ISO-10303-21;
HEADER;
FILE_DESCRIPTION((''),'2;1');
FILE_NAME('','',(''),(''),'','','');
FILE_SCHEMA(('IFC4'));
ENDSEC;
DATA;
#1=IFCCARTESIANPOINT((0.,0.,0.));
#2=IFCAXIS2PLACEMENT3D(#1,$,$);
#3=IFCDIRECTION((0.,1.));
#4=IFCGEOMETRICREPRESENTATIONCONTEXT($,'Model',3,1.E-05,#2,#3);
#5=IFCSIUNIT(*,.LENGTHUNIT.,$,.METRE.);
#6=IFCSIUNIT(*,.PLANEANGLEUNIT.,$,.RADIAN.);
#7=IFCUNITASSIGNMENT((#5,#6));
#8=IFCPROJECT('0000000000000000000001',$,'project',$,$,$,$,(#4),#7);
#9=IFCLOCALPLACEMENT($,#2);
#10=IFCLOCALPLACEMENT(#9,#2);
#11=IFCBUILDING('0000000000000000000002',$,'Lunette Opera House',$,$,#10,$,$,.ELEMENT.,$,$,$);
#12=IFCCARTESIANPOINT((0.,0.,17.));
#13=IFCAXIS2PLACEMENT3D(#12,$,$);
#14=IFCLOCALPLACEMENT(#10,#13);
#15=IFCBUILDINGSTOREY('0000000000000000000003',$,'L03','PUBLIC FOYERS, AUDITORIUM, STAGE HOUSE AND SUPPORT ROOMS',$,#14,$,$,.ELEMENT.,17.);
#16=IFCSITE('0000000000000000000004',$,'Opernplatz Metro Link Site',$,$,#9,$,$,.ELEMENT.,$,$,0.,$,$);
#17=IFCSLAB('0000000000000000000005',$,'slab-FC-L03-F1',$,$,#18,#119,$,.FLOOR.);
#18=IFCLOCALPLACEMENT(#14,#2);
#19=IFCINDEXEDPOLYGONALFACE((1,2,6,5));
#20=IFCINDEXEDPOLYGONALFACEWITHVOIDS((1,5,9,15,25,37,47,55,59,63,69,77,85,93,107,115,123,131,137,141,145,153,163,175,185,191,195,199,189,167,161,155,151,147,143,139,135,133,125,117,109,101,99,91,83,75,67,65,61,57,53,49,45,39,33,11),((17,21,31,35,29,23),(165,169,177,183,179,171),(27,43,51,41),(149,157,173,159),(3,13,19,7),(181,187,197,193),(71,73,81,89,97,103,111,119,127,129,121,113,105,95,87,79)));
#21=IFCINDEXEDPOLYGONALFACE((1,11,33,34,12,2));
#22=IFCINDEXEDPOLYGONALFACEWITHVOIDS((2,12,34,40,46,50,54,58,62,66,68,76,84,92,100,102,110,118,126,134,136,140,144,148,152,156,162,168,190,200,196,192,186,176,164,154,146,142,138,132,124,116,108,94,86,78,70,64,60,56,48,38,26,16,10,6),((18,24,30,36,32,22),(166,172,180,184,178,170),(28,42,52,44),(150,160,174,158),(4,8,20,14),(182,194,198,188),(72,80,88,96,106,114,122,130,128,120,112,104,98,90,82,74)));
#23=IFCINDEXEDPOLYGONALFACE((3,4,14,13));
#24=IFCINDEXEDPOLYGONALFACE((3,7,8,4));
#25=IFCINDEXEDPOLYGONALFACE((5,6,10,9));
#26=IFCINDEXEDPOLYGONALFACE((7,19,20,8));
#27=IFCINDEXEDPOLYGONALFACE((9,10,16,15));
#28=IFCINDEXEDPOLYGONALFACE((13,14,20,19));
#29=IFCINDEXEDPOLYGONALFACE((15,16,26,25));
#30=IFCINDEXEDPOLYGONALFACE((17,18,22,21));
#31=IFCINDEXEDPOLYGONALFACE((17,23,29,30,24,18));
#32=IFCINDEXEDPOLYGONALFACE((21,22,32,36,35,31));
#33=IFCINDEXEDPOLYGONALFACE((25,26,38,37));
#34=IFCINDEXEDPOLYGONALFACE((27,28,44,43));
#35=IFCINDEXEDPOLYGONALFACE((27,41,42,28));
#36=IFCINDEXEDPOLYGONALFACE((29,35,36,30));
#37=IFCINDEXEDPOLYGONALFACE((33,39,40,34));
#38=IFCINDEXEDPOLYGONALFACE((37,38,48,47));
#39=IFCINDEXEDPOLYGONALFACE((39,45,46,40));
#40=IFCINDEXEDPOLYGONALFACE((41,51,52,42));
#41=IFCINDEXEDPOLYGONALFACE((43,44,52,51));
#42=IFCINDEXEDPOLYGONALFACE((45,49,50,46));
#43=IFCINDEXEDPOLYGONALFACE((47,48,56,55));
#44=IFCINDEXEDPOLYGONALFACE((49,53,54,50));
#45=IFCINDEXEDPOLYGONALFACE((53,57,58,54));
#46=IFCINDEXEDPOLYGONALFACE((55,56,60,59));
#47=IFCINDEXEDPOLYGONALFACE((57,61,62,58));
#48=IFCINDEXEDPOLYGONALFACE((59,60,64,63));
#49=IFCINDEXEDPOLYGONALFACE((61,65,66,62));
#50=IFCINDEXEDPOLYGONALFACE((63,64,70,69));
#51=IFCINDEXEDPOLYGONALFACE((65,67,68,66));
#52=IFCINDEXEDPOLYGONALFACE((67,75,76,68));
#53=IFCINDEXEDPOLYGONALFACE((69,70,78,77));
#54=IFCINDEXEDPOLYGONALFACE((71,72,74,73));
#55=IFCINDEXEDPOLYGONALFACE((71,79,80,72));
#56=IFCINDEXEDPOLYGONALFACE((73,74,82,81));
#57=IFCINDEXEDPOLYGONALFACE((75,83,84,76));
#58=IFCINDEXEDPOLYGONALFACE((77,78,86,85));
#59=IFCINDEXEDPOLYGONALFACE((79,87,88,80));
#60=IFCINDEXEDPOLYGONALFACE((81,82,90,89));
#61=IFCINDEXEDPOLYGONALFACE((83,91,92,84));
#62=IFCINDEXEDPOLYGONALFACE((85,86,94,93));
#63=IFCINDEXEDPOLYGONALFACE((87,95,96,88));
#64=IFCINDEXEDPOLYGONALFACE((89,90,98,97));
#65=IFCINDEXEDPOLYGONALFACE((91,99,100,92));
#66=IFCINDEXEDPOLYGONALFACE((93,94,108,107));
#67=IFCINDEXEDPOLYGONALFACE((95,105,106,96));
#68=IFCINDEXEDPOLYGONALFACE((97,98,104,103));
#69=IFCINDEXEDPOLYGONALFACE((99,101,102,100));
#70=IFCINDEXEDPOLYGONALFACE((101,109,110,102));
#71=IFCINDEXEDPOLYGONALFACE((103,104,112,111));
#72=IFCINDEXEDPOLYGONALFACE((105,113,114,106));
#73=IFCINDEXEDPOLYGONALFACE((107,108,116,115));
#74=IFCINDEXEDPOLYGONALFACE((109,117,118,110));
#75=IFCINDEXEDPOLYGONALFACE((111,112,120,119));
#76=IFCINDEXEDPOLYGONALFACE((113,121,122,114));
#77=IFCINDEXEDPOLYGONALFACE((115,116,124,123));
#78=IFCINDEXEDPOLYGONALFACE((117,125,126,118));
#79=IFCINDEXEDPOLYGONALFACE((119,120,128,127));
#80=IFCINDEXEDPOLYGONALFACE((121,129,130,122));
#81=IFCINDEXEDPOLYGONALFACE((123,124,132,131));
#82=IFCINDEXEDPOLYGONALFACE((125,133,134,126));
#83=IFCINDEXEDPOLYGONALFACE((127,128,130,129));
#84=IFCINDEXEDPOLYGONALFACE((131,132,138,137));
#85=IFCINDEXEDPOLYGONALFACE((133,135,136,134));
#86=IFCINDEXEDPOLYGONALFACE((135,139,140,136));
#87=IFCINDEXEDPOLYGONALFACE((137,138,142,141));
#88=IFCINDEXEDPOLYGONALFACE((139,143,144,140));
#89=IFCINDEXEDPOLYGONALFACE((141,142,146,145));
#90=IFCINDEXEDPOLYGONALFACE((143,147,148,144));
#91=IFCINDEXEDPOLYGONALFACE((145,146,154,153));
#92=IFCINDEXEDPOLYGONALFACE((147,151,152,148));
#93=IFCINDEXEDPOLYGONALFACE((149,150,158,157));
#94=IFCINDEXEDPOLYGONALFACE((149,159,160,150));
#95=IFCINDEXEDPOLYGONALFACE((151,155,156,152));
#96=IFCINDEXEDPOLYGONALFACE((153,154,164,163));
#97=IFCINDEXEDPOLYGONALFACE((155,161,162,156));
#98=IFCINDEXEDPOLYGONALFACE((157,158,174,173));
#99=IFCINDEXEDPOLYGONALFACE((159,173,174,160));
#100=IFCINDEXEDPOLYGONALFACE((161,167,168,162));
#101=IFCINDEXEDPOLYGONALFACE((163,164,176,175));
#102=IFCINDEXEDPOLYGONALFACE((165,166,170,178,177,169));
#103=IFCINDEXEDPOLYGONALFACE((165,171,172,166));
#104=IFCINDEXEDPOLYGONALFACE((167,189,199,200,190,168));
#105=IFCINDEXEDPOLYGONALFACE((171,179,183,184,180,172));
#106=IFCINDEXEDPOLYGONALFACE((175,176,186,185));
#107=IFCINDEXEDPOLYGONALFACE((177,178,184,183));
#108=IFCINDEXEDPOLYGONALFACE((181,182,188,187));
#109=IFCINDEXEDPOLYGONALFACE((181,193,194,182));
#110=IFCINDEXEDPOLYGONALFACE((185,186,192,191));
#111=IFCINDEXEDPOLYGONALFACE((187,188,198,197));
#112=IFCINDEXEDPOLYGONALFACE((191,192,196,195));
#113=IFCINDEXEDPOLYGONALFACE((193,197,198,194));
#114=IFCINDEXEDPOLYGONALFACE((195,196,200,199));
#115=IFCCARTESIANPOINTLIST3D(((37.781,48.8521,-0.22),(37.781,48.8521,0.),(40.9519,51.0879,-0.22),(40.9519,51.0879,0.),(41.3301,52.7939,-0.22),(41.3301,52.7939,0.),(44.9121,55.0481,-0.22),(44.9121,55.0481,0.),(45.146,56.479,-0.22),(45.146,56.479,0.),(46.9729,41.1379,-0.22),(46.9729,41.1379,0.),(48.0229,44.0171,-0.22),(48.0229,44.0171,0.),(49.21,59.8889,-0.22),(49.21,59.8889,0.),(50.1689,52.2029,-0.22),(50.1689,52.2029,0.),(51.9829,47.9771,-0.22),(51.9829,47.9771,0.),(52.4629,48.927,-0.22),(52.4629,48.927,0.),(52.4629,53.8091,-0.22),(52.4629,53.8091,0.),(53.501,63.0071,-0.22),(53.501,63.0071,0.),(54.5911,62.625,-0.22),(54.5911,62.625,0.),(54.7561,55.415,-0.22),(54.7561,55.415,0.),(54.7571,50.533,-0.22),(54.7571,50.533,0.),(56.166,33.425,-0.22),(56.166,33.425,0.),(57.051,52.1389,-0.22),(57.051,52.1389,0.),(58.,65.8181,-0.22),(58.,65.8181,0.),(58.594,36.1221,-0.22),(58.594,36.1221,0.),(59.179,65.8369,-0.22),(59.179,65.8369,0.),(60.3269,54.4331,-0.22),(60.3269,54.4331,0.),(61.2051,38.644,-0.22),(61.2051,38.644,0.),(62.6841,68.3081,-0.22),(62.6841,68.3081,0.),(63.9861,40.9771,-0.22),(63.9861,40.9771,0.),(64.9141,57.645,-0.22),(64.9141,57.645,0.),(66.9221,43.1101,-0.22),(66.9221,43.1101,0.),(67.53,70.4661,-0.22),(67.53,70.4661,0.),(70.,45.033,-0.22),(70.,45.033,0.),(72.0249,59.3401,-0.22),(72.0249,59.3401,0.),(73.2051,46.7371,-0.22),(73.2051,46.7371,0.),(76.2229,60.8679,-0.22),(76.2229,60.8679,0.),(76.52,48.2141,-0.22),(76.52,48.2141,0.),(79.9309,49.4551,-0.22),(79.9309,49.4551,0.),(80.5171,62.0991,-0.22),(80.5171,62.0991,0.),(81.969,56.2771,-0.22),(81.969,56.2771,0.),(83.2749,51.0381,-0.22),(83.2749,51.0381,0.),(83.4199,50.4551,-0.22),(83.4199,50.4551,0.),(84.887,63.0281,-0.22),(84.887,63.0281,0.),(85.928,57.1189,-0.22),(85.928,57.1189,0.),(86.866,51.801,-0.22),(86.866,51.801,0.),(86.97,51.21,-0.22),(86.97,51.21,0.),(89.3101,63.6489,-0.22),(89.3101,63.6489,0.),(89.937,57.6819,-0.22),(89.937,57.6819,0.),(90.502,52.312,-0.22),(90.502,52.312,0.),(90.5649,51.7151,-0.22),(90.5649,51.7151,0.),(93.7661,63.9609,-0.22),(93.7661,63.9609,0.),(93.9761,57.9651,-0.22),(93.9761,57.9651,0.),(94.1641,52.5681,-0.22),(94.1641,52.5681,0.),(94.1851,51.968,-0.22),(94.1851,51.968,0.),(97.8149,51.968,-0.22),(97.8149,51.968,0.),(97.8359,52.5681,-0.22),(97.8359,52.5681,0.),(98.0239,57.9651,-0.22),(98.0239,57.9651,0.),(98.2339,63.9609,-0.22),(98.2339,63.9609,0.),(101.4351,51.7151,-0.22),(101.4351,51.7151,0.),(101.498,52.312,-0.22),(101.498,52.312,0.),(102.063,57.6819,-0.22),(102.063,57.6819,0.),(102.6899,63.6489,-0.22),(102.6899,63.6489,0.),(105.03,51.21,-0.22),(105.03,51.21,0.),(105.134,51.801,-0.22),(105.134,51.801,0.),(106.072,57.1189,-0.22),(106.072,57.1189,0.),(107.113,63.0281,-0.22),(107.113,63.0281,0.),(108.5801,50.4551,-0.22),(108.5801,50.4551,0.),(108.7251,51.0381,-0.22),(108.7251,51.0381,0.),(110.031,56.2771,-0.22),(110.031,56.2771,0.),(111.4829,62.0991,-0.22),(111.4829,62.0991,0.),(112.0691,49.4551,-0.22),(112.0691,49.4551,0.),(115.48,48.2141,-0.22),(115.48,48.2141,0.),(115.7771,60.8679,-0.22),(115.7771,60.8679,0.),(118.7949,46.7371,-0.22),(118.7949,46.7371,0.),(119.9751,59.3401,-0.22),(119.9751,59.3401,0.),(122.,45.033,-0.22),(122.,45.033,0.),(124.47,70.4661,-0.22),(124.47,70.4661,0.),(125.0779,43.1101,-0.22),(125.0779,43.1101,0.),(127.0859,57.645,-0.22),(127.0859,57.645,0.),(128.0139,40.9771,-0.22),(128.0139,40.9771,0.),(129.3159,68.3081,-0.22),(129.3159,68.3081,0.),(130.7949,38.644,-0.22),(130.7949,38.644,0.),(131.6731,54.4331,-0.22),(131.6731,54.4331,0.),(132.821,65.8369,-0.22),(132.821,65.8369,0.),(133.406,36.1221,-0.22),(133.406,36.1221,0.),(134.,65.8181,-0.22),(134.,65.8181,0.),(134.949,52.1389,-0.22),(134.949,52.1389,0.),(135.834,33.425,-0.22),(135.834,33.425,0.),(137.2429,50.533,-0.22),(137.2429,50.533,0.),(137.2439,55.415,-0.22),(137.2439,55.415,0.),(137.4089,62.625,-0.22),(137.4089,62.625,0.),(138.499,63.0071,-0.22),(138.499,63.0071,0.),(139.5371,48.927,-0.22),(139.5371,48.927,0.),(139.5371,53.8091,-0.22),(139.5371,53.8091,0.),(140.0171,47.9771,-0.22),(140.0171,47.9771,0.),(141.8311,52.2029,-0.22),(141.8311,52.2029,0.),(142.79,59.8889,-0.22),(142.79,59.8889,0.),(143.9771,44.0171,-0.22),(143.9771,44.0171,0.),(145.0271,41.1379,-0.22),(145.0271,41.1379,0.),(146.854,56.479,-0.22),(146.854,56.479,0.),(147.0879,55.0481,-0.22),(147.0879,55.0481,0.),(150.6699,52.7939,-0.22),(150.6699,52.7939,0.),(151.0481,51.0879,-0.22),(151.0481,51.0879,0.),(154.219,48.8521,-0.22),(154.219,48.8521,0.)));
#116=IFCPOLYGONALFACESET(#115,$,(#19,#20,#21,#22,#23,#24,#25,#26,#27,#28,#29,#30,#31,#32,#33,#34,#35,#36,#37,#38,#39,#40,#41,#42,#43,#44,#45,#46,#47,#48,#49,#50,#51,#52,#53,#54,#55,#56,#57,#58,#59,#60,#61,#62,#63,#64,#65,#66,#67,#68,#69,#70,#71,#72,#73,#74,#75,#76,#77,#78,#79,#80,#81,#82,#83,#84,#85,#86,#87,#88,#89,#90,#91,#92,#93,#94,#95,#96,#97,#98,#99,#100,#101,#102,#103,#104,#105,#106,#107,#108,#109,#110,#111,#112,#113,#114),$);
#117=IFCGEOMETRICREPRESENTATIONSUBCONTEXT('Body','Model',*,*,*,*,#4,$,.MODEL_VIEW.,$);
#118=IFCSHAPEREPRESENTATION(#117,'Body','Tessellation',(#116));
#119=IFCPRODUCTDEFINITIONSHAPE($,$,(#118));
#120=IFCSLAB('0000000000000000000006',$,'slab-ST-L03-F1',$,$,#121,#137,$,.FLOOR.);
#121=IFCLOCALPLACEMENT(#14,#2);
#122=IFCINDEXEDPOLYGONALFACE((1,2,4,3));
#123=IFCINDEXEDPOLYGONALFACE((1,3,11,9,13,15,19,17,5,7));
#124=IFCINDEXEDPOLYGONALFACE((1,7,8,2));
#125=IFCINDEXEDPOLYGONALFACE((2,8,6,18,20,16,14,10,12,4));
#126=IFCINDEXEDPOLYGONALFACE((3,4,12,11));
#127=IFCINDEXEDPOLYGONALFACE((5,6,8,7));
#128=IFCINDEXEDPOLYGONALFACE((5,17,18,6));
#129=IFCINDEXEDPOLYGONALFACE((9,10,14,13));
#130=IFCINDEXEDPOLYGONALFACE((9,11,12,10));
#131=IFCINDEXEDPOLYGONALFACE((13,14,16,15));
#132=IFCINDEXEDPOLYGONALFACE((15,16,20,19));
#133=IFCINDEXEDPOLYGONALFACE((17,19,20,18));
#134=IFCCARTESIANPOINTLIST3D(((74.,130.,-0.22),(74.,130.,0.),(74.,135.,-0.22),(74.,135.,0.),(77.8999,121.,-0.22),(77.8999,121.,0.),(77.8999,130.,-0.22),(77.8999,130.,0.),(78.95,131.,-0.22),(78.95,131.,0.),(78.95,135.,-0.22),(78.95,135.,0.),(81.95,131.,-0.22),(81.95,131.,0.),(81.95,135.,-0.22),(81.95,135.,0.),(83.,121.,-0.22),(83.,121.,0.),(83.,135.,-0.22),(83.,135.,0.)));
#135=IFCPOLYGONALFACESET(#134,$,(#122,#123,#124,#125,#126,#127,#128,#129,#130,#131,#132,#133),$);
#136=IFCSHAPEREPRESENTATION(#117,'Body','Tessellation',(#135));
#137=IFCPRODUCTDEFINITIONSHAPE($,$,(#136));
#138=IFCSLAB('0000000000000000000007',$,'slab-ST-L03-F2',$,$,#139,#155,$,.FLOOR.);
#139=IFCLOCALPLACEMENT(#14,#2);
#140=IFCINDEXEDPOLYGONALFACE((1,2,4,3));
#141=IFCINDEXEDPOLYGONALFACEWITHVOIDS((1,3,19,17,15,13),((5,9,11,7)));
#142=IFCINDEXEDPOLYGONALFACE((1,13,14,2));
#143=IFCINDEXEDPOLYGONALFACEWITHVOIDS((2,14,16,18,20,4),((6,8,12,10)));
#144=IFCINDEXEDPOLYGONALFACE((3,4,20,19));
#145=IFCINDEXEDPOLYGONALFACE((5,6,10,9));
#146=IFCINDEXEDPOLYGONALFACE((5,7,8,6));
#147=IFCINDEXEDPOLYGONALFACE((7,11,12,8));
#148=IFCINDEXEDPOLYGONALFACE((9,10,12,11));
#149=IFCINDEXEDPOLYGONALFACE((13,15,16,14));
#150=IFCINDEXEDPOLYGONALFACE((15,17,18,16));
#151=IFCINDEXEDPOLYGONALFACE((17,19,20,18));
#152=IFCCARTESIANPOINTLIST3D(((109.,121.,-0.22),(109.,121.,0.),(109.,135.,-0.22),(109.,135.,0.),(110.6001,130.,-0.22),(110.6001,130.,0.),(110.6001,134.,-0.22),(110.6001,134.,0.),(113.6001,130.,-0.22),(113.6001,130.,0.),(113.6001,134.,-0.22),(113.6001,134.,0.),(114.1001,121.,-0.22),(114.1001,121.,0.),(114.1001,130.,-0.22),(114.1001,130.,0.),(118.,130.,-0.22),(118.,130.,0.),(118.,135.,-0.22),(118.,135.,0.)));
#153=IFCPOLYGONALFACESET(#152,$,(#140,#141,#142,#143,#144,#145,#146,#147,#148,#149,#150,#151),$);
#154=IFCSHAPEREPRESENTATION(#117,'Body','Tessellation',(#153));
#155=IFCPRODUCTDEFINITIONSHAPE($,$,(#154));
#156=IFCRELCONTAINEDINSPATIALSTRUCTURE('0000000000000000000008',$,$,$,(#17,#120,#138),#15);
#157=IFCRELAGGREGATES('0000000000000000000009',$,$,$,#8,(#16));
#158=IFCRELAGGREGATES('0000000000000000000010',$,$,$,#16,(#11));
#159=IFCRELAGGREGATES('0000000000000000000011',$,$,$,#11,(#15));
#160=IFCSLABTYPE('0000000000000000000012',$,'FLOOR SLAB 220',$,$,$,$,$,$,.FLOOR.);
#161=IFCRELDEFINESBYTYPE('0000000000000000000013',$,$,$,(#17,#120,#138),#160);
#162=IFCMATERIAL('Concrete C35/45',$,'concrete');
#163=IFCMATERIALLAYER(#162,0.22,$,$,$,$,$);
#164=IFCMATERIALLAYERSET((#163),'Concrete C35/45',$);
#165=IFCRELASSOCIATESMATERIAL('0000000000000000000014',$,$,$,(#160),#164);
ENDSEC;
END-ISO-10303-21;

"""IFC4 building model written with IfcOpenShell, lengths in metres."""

from ifc_helpers import new_model, si_unit, direction, frame, origin, place, context, subcontext, project, spatial, polyline, outline, extrude, material, layer, layer_set, type_object, element, save


model = new_model("IFC4")

# Units and contexts
model_context = context("Model", 3, precision=1e-05, world=origin(), true_north=direction((0.0, 1.0)))
body_context = subcontext(model_context, "Body", "Model", "MODEL_VIEW")
ifc_project = project(units=[si_unit("LENGTHUNIT", "METRE"), si_unit("PLANEANGLEUNIT", "RADIAN")], contexts=[model_context])

# Site, building, storey
site_placement = place(None, origin())
site = spatial("IfcSite", under=ifc_project, at=site_placement, Name="Opernplatz Metro Link Site", CompositionType="ELEMENT", RefElevation=0.0)
building_placement = place(site_placement, origin())
building = spatial("IfcBuilding", under=site, at=building_placement, Name="Lunette Opera House", CompositionType="ELEMENT")
storey_placement = place(building_placement, frame((0.0, 0.0, 17.0)))
storey = spatial("IfcBuildingStorey", under=building, at=storey_placement, Name="L03", Description="PUBLIC FOYERS, AUDITORIUM, STAGE HOUSE AND SUPPORT ROOMS", CompositionType="ELEMENT", Elevation=17.0)

# Slabs
ifc_material_1 = material(Name="Concrete C35/45", Category="concrete")
ifc_layer_1 = layer(ifc_material_1, 0.22)
ifc_layer_set_1 = layer_set([ifc_layer_1], Name="Concrete C35/45")
slab_type_1 = type_object("IfcSlabType", Name="FLOOR SLAB 220", PredefinedType="FLOOR", material=ifc_layer_set_1)
slab_1_placement = place(storey_placement, frame((0.0, 0.0, -0.22)))
element("IfcSlab", 1, at=slab_1_placement, inside=storey, type_object=slab_type_1, Name="slab-FC-L03-F1", PredefinedType="FLOOR", context=body_context, shape_type="SweptSolid", body=[
    extrude(outline(polyline([(84.887, 63.0281), (80.5171, 62.0991), (76.2229, 60.8679), (72.0249, 59.3401), (67.53, 70.4661), (62.6841, 68.3081), (58.0, 65.8181), (53.501, 63.0071), (49.21, 59.8889), (45.146, 56.479), (41.3301, 52.7939), (37.781, 48.8521), (46.9729, 41.1379), (56.166, 33.425), (58.594, 36.1221), (61.2051, 38.644), (63.9861, 40.9771), (66.9221, 43.1101), (70.0, 45.033), (73.2051, 46.7371), (76.52, 48.2141), (79.9309, 49.4551), (83.4199, 50.4551), (86.97, 51.21), (90.5649, 51.7151), (94.1851, 51.968), (97.8149, 51.968), (101.4351, 51.7151), (105.03, 51.21), (108.5801, 50.4551), (112.0691, 49.4551), (115.48, 48.2141), (118.7949, 46.7371), (122.0, 45.033), (125.0779, 43.1101), (128.0139, 40.9771), (130.7949, 38.644), (133.406, 36.1221), (135.834, 33.425), (145.0271, 41.1379), (154.219, 48.8521), (150.6699, 52.7939), (146.854, 56.479), (142.79, 59.8889), (138.499, 63.0071), (134.0, 65.8181), (129.3159, 68.3081), (124.47, 70.4661), (119.9751, 59.3401), (115.7771, 60.8679), (111.4829, 62.0991), (107.113, 63.0281), (102.6899, 63.6489), (98.2339, 63.9609), (93.7661, 63.9609), (89.3101, 63.6489), (84.887, 63.0281)]), holes=[polyline([(86.866, 51.801), (83.2749, 51.0381), (81.969, 56.2771), (85.928, 57.1189), (89.937, 57.6819), (93.9761, 57.9651), (98.0239, 57.9651), (102.063, 57.6819), (106.072, 57.1189), (110.031, 56.2771), (108.7251, 51.0381), (105.134, 51.801), (101.498, 52.312), (97.8359, 52.5681), (94.1641, 52.5681), (90.502, 52.312), (86.866, 51.801)]), polyline([(44.9121, 55.0481), (51.9829, 47.9771), (48.0229, 44.0171), (40.9519, 51.0879), (44.9121, 55.0481)]), polyline([(151.0481, 51.0879), (143.9771, 44.0171), (140.0171, 47.9771), (147.0879, 55.0481), (151.0481, 51.0879)]), polyline([(50.1689, 52.2029), (52.4629, 53.8091), (54.7561, 55.415), (57.051, 52.1389), (54.7571, 50.533), (52.4629, 48.927), (50.1689, 52.2029)]), polyline([(141.8311, 52.2029), (139.5371, 48.927), (137.2429, 50.533), (134.949, 52.1389), (137.2439, 55.415), (139.5371, 53.8091), (141.8311, 52.2029)]), polyline([(54.5911, 62.625), (59.179, 65.8369), (64.9141, 57.645), (60.3269, 54.4331), (54.5911, 62.625)]), polyline([(137.4089, 62.625), (131.6731, 54.4331), (127.0859, 57.645), (132.821, 65.8369), (137.4089, 62.625)])]), origin(), (0.0, 0.0, 1.0), 0.22),
])
slab_2_placement = place(storey_placement, frame((0.0, 0.0, -0.22)))
element("IfcSlab", 2, at=slab_2_placement, inside=storey, type_object=slab_type_1, Name="slab-ST-L03-F1", PredefinedType="FLOOR", context=body_context, shape_type="SweptSolid", body=[
    extrude(outline(polyline([(78.95, 135.0), (74.0, 135.0), (74.0, 130.0), (77.8999, 130.0), (77.8999, 121.0), (83.0, 121.0), (83.0, 135.0), (81.95, 135.0), (81.95, 131.0), (78.95, 131.0), (78.95, 135.0)])), origin(), (0.0, 0.0, 1.0), 0.22),
])
slab_3_placement = place(storey_placement, frame((0.0, 0.0, -0.22)))
element("IfcSlab", 3, at=slab_3_placement, inside=storey, type_object=slab_type_1, Name="slab-ST-L03-F2", PredefinedType="FLOOR", context=body_context, shape_type="SweptSolid", body=[
    extrude(outline(polyline([(109.0, 121.0), (114.1001, 121.0), (114.1001, 130.0), (118.0, 130.0), (118.0, 135.0), (109.0, 135.0), (109.0, 121.0)]), holes=[polyline([(110.6001, 130.0), (110.6001, 134.0), (113.6001, 134.0), (113.6001, 130.0), (110.6001, 130.0)])]), origin(), (0.0, 0.0, 1.0), 0.22),
])

save(model, "model.ifc")
